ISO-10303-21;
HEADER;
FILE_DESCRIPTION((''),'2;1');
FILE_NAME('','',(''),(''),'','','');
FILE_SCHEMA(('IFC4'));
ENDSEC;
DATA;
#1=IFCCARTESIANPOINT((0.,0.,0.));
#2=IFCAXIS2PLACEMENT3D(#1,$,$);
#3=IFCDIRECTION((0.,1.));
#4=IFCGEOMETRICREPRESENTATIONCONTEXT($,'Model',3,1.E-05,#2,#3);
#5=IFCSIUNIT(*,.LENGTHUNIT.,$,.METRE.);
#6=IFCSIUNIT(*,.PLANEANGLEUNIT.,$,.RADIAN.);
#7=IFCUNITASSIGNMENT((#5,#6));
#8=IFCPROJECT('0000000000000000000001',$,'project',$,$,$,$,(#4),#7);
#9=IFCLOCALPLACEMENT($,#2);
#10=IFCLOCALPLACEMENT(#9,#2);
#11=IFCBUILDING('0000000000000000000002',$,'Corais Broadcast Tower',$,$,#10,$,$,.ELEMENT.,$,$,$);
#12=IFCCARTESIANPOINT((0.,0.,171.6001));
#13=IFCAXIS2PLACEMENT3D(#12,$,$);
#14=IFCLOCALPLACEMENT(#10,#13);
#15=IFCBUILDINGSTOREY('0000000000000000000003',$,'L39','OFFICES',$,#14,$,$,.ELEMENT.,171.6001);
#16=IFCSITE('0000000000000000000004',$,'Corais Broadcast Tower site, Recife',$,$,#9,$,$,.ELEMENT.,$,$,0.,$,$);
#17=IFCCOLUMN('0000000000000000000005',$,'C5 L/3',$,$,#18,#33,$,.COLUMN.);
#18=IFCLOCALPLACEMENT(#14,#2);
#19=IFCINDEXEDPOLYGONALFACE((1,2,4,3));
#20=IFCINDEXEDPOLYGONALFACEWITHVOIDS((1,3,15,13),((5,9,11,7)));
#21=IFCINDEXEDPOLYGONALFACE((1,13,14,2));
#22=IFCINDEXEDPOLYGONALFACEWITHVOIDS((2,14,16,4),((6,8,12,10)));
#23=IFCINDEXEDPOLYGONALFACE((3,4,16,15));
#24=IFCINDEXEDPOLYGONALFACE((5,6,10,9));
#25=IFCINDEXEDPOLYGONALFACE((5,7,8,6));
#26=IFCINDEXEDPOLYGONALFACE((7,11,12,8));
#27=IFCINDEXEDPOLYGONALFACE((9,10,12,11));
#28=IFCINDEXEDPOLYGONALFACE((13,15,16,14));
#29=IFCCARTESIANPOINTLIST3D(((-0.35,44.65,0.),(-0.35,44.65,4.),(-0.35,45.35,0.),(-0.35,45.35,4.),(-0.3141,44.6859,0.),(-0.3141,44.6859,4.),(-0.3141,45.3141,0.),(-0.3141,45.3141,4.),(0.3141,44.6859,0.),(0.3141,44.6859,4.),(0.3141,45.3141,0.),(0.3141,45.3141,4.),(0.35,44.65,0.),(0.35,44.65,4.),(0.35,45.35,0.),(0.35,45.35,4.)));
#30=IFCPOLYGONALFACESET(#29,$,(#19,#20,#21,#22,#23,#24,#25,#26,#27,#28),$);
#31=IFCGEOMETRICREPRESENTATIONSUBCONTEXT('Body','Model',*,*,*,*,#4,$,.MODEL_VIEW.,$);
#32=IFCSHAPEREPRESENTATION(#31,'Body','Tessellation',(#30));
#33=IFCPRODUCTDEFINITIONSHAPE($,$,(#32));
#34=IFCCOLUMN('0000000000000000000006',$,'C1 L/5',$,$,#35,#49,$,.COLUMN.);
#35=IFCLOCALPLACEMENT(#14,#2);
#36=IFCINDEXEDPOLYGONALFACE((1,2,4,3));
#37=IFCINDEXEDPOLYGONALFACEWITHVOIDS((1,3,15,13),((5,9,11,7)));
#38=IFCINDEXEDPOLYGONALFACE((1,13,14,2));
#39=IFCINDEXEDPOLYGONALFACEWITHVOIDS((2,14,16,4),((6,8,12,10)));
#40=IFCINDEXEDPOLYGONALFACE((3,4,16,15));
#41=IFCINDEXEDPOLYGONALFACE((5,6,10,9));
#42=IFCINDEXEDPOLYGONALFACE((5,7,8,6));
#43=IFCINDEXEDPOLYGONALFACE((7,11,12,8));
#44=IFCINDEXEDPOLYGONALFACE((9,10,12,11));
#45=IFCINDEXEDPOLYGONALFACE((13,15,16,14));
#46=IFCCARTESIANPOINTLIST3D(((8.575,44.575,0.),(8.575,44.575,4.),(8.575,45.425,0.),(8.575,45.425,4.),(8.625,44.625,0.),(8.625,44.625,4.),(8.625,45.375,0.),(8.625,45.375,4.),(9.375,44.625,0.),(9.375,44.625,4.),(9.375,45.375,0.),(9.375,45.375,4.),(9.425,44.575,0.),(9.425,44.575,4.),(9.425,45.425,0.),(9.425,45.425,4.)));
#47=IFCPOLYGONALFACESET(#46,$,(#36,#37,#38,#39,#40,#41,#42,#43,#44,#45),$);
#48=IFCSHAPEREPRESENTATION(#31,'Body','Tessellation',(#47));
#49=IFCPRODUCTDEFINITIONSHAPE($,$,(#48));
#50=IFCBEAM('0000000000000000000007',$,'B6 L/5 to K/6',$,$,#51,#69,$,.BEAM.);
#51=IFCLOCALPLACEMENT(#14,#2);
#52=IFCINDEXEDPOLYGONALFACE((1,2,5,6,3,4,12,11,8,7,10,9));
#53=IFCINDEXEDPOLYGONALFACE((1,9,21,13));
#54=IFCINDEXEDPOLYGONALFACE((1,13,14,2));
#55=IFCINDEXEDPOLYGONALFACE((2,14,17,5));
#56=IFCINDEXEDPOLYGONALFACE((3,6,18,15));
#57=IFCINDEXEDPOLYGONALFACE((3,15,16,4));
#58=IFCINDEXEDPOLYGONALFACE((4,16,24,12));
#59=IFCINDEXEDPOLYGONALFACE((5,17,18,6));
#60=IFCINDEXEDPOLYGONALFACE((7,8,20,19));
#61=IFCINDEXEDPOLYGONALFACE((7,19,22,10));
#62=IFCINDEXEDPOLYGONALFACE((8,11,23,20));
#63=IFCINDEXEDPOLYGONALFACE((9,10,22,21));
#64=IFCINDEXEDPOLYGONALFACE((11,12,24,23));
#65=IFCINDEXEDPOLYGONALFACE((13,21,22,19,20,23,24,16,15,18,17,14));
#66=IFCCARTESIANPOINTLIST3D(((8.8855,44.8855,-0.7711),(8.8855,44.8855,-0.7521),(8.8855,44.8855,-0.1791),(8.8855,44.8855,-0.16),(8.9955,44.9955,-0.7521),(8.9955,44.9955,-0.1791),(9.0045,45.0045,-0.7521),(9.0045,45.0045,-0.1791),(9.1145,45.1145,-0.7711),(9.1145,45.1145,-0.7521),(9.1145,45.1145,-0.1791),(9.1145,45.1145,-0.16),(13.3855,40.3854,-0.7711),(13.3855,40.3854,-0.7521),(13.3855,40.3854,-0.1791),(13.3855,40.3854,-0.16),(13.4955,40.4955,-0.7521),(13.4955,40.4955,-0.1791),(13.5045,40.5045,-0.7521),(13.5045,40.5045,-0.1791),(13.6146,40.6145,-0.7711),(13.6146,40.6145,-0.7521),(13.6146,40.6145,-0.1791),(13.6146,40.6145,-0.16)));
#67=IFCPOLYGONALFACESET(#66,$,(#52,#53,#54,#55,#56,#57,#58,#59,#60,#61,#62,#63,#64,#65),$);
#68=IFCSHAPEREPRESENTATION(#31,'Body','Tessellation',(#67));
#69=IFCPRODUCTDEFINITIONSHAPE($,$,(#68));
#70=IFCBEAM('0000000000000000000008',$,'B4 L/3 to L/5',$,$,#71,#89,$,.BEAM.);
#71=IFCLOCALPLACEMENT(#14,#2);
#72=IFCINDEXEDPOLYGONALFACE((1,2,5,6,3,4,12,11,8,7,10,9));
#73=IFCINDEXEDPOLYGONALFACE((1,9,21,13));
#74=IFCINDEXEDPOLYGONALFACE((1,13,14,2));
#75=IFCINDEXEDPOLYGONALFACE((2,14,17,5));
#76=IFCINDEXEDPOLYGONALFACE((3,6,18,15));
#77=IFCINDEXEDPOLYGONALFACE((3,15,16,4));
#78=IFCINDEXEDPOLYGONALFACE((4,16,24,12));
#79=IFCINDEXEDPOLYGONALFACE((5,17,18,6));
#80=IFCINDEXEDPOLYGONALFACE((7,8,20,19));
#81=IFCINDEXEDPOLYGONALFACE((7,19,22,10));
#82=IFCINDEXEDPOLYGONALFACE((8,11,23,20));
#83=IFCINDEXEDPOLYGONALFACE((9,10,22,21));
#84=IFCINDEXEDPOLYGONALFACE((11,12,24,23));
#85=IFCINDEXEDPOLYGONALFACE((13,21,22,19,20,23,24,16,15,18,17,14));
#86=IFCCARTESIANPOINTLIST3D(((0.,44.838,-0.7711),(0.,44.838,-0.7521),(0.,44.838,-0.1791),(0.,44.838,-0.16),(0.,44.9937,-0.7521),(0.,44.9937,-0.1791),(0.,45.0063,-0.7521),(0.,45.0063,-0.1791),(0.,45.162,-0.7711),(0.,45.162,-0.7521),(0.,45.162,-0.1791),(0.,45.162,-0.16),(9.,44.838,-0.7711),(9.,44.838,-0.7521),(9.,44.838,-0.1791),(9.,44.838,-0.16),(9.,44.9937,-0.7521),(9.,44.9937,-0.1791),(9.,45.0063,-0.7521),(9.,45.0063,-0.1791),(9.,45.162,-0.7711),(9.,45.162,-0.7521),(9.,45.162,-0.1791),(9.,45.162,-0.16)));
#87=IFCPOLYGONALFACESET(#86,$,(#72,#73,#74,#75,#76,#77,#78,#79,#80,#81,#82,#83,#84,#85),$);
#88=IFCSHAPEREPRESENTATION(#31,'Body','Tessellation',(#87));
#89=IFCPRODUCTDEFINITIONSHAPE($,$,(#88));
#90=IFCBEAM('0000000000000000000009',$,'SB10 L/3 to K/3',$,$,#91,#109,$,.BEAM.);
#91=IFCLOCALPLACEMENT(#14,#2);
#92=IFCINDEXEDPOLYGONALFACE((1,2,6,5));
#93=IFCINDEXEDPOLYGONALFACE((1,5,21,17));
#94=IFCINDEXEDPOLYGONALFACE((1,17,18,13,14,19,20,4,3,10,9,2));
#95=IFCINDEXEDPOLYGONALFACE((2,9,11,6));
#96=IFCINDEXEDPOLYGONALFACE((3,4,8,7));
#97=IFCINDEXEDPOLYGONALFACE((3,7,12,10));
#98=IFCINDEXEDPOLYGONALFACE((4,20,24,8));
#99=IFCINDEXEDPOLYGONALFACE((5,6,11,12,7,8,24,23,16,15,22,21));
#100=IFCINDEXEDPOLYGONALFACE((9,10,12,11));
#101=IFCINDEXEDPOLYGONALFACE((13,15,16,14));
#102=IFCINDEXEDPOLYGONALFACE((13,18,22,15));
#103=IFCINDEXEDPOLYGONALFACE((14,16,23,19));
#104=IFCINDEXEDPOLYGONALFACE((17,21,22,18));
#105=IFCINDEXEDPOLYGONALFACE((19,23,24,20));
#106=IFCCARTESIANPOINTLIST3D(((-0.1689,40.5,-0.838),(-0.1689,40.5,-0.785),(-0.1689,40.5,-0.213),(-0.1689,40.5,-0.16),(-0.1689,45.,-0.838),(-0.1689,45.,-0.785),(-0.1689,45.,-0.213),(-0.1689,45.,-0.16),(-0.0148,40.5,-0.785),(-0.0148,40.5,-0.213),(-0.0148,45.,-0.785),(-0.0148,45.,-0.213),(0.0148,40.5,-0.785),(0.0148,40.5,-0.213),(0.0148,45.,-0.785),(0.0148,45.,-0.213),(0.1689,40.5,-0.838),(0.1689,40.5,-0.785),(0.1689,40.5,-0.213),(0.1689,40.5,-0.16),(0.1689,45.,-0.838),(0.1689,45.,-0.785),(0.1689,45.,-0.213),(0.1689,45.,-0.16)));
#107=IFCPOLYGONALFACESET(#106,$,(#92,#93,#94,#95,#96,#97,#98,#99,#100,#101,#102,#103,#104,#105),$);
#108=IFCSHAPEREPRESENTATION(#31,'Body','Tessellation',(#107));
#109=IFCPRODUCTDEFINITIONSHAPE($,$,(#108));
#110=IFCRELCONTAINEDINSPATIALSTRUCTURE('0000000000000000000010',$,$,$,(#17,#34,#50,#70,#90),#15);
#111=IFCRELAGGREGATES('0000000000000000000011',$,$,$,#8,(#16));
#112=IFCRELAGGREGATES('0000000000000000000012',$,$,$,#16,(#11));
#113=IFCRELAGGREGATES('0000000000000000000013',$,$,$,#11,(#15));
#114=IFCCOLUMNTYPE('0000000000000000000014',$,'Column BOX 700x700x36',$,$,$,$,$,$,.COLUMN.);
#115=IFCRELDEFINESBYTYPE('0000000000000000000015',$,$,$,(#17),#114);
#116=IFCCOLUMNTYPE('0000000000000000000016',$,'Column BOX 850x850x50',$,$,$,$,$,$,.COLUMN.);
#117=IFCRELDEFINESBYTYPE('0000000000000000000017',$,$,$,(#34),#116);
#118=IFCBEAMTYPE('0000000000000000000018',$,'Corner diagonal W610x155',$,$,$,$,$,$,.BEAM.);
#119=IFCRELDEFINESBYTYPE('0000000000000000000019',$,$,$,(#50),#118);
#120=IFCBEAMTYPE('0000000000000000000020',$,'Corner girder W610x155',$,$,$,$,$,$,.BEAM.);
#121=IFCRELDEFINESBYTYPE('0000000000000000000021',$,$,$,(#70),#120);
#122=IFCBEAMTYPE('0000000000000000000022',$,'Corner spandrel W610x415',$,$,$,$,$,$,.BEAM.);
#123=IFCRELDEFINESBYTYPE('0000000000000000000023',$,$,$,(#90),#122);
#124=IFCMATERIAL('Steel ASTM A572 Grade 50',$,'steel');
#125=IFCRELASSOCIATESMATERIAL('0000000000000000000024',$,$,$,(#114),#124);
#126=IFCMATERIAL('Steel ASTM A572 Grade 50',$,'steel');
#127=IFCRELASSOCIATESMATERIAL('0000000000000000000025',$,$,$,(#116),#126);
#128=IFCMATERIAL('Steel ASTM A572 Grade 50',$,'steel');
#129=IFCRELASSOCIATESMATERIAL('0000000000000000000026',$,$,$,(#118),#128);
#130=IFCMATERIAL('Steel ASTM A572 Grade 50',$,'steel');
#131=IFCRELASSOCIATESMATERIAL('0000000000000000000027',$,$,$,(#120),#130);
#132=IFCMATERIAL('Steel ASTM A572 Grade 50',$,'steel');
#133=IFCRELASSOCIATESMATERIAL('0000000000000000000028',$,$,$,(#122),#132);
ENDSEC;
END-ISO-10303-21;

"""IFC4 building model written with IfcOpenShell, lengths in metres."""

from ifc_helpers import new_model, si_unit, direction, frame, origin, origin_2d, place, context, subcontext, project, spatial, hollow_rectangle, i_section, extrude, material, material_profile, profile_set, type_object, element, save


model = new_model("IFC4")

# Units and contexts
model_context = context("Model", 3, precision=1e-05, world=origin(), true_north=direction((0.0, 1.0)))
body_context = subcontext(model_context, "Body", "Model", "MODEL_VIEW")
ifc_project = project(units=[si_unit("LENGTHUNIT", "METRE"), si_unit("PLANEANGLEUNIT", "RADIAN")], contexts=[model_context])

# Site, building, storey
site_placement = place(None, origin())
site = spatial("IfcSite", under=ifc_project, at=site_placement, Name="Corais Broadcast Tower site, Recife", CompositionType="ELEMENT", RefElevation=0.0)
building_placement = place(site_placement, origin())
building = spatial("IfcBuilding", under=site, at=building_placement, Name="Corais Broadcast Tower", CompositionType="ELEMENT")
storey_placement = place(building_placement, frame((0.0, 0.0, 171.6001)))
storey = spatial("IfcBuildingStorey", under=building, at=storey_placement, Name="L39", Description="OFFICES", CompositionType="ELEMENT", Elevation=171.6001)

# Columns
ifc_material_1 = material(Name="Steel ASTM A572 Grade 50", Category="steel")
ifc_material_profile_1 = material_profile(ifc_material_1, hollow_rectangle(XDim=0.7, YDim=0.7, WallThickness=0.0359, at=origin_2d()), Name="BOX 700x700x36")
ifc_profile_set_1 = profile_set([ifc_material_profile_1], Name="Steel ASTM A572 Grade 50")
column_type_1 = type_object("IfcColumnType", Name="Column BOX 700x700x36", PredefinedType="COLUMN", material=ifc_profile_set_1)
column_1_placement = place(storey_placement, frame((0.0, 45.0, 0.0), z_axis=(0.0, 0.0, 1.0), x_axis=(1.0, 0.0, 0.0)))
element("IfcColumn", 1, at=column_1_placement, inside=storey, type_object=column_type_1, Name="C5 L/3", PredefinedType="COLUMN", context=body_context, shape_type="SweptSolid", body=[
    extrude(hollow_rectangle(XDim=0.7, YDim=0.7, WallThickness=0.0359, at=origin_2d()), origin(), (0.0, 0.0, 1.0), 4.0),
])
ifc_material_2 = material(Name="Steel ASTM A572 Grade 50", Category="steel")
ifc_material_profile_2 = material_profile(ifc_material_2, hollow_rectangle(XDim=0.8501, YDim=0.8501, WallThickness=0.05, at=origin_2d()), Name="BOX 850x850x50")
ifc_profile_set_2 = profile_set([ifc_material_profile_2], Name="Steel ASTM A572 Grade 50")
column_type_2 = type_object("IfcColumnType", Name="Column BOX 850x850x50", PredefinedType="COLUMN", material=ifc_profile_set_2)
column_2_placement = place(storey_placement, frame((9.0, 45.0, 0.0), z_axis=(0.0, 0.0, 1.0), x_axis=(1.0, 0.0, 0.0)))
element("IfcColumn", 2, at=column_2_placement, inside=storey, type_object=column_type_2, Name="C1 L/5", PredefinedType="COLUMN", context=body_context, shape_type="SweptSolid", body=[
    extrude(hollow_rectangle(XDim=0.8501, YDim=0.8501, WallThickness=0.05, at=origin_2d()), origin(), (0.0, 0.0, 1.0), 4.0),
])

# Beams
ifc_material_3 = material(Name="Steel ASTM A572 Grade 50", Category="steel")
ifc_material_profile_3 = material_profile(ifc_material_3, i_section(OverallWidth=0.324, OverallDepth=0.6111, WebThickness=0.0127, FlangeThickness=0.019, at=origin_2d()), Name="W610x155")
ifc_profile_set_3 = profile_set([ifc_material_profile_3], Name="Steel ASTM A572 Grade 50")
beam_type_1 = type_object("IfcBeamType", Name="Corner diagonal W610x155", PredefinedType="BEAM", material=ifc_profile_set_3)
beam_1_placement = place(storey_placement, frame((9.0, 45.0, -0.4656), z_axis=(0.707107, -0.707107, 0.0), x_axis=(0.707107, 0.707107, 0.0)))
element("IfcBeam", 3, at=beam_1_placement, inside=storey, type_object=beam_type_1, Name="B6 L/5 to K/6", PredefinedType="BEAM", context=body_context, shape_type="SweptSolid", body=[
    extrude(i_section(OverallWidth=0.324, OverallDepth=0.6111, WebThickness=0.0127, FlangeThickness=0.019, at=origin_2d()), origin(), (0.0, 0.0, 1.0), 6.364),
])
ifc_material_4 = material(Name="Steel ASTM A572 Grade 50", Category="steel")
ifc_material_profile_4 = material_profile(ifc_material_4, i_section(OverallWidth=0.324, OverallDepth=0.6111, WebThickness=0.0127, FlangeThickness=0.019, at=origin_2d()), Name="W610x155")
ifc_profile_set_4 = profile_set([ifc_material_profile_4], Name="Steel ASTM A572 Grade 50")
beam_type_2 = type_object("IfcBeamType", Name="Corner girder W610x155", PredefinedType="BEAM", material=ifc_profile_set_4)
beam_2_placement = place(storey_placement, frame((0.0, 45.0, -0.4656), z_axis=(1.0, 0.0, 0.0), x_axis=(0.0, 1.0, 0.0)))
element("IfcBeam", 4, at=beam_2_placement, inside=storey, type_object=beam_type_2, Name="B4 L/3 to L/5", PredefinedType="BEAM", context=body_context, shape_type="SweptSolid", body=[
    extrude(i_section(OverallWidth=0.324, OverallDepth=0.6111, WebThickness=0.0127, FlangeThickness=0.019, at=origin_2d()), origin(), (0.0, 0.0, 1.0), 9.0),
])
ifc_material_5 = material(Name="Steel ASTM A572 Grade 50", Category="steel")
ifc_material_profile_5 = material_profile(ifc_material_5, i_section(OverallWidth=0.3379, OverallDepth=0.678, WebThickness=0.0295, FlangeThickness=0.053, at=origin_2d()), Name="W610x415")
ifc_profile_set_5 = profile_set([ifc_material_profile_5], Name="Steel ASTM A572 Grade 50")
beam_type_3 = type_object("IfcBeamType", Name="Corner spandrel W610x415", PredefinedType="BEAM", material=ifc_profile_set_5)
beam_3_placement = place(storey_placement, frame((0.0, 45.0, -0.499), z_axis=(0.0, -1.0, 0.0), x_axis=(1.0, 0.0, 0.0)))
element("IfcBeam", 5, at=beam_3_placement, inside=storey, type_object=beam_type_3, Name="SB10 L/3 to K/3", PredefinedType="BEAM", context=body_context, shape_type="SweptSolid", body=[
    extrude(i_section(OverallWidth=0.3379, OverallDepth=0.678, WebThickness=0.0295, FlangeThickness=0.053, at=origin_2d()), origin(), (0.0, 0.0, 1.0), 4.5),
])

save(model, "model.ifc")
